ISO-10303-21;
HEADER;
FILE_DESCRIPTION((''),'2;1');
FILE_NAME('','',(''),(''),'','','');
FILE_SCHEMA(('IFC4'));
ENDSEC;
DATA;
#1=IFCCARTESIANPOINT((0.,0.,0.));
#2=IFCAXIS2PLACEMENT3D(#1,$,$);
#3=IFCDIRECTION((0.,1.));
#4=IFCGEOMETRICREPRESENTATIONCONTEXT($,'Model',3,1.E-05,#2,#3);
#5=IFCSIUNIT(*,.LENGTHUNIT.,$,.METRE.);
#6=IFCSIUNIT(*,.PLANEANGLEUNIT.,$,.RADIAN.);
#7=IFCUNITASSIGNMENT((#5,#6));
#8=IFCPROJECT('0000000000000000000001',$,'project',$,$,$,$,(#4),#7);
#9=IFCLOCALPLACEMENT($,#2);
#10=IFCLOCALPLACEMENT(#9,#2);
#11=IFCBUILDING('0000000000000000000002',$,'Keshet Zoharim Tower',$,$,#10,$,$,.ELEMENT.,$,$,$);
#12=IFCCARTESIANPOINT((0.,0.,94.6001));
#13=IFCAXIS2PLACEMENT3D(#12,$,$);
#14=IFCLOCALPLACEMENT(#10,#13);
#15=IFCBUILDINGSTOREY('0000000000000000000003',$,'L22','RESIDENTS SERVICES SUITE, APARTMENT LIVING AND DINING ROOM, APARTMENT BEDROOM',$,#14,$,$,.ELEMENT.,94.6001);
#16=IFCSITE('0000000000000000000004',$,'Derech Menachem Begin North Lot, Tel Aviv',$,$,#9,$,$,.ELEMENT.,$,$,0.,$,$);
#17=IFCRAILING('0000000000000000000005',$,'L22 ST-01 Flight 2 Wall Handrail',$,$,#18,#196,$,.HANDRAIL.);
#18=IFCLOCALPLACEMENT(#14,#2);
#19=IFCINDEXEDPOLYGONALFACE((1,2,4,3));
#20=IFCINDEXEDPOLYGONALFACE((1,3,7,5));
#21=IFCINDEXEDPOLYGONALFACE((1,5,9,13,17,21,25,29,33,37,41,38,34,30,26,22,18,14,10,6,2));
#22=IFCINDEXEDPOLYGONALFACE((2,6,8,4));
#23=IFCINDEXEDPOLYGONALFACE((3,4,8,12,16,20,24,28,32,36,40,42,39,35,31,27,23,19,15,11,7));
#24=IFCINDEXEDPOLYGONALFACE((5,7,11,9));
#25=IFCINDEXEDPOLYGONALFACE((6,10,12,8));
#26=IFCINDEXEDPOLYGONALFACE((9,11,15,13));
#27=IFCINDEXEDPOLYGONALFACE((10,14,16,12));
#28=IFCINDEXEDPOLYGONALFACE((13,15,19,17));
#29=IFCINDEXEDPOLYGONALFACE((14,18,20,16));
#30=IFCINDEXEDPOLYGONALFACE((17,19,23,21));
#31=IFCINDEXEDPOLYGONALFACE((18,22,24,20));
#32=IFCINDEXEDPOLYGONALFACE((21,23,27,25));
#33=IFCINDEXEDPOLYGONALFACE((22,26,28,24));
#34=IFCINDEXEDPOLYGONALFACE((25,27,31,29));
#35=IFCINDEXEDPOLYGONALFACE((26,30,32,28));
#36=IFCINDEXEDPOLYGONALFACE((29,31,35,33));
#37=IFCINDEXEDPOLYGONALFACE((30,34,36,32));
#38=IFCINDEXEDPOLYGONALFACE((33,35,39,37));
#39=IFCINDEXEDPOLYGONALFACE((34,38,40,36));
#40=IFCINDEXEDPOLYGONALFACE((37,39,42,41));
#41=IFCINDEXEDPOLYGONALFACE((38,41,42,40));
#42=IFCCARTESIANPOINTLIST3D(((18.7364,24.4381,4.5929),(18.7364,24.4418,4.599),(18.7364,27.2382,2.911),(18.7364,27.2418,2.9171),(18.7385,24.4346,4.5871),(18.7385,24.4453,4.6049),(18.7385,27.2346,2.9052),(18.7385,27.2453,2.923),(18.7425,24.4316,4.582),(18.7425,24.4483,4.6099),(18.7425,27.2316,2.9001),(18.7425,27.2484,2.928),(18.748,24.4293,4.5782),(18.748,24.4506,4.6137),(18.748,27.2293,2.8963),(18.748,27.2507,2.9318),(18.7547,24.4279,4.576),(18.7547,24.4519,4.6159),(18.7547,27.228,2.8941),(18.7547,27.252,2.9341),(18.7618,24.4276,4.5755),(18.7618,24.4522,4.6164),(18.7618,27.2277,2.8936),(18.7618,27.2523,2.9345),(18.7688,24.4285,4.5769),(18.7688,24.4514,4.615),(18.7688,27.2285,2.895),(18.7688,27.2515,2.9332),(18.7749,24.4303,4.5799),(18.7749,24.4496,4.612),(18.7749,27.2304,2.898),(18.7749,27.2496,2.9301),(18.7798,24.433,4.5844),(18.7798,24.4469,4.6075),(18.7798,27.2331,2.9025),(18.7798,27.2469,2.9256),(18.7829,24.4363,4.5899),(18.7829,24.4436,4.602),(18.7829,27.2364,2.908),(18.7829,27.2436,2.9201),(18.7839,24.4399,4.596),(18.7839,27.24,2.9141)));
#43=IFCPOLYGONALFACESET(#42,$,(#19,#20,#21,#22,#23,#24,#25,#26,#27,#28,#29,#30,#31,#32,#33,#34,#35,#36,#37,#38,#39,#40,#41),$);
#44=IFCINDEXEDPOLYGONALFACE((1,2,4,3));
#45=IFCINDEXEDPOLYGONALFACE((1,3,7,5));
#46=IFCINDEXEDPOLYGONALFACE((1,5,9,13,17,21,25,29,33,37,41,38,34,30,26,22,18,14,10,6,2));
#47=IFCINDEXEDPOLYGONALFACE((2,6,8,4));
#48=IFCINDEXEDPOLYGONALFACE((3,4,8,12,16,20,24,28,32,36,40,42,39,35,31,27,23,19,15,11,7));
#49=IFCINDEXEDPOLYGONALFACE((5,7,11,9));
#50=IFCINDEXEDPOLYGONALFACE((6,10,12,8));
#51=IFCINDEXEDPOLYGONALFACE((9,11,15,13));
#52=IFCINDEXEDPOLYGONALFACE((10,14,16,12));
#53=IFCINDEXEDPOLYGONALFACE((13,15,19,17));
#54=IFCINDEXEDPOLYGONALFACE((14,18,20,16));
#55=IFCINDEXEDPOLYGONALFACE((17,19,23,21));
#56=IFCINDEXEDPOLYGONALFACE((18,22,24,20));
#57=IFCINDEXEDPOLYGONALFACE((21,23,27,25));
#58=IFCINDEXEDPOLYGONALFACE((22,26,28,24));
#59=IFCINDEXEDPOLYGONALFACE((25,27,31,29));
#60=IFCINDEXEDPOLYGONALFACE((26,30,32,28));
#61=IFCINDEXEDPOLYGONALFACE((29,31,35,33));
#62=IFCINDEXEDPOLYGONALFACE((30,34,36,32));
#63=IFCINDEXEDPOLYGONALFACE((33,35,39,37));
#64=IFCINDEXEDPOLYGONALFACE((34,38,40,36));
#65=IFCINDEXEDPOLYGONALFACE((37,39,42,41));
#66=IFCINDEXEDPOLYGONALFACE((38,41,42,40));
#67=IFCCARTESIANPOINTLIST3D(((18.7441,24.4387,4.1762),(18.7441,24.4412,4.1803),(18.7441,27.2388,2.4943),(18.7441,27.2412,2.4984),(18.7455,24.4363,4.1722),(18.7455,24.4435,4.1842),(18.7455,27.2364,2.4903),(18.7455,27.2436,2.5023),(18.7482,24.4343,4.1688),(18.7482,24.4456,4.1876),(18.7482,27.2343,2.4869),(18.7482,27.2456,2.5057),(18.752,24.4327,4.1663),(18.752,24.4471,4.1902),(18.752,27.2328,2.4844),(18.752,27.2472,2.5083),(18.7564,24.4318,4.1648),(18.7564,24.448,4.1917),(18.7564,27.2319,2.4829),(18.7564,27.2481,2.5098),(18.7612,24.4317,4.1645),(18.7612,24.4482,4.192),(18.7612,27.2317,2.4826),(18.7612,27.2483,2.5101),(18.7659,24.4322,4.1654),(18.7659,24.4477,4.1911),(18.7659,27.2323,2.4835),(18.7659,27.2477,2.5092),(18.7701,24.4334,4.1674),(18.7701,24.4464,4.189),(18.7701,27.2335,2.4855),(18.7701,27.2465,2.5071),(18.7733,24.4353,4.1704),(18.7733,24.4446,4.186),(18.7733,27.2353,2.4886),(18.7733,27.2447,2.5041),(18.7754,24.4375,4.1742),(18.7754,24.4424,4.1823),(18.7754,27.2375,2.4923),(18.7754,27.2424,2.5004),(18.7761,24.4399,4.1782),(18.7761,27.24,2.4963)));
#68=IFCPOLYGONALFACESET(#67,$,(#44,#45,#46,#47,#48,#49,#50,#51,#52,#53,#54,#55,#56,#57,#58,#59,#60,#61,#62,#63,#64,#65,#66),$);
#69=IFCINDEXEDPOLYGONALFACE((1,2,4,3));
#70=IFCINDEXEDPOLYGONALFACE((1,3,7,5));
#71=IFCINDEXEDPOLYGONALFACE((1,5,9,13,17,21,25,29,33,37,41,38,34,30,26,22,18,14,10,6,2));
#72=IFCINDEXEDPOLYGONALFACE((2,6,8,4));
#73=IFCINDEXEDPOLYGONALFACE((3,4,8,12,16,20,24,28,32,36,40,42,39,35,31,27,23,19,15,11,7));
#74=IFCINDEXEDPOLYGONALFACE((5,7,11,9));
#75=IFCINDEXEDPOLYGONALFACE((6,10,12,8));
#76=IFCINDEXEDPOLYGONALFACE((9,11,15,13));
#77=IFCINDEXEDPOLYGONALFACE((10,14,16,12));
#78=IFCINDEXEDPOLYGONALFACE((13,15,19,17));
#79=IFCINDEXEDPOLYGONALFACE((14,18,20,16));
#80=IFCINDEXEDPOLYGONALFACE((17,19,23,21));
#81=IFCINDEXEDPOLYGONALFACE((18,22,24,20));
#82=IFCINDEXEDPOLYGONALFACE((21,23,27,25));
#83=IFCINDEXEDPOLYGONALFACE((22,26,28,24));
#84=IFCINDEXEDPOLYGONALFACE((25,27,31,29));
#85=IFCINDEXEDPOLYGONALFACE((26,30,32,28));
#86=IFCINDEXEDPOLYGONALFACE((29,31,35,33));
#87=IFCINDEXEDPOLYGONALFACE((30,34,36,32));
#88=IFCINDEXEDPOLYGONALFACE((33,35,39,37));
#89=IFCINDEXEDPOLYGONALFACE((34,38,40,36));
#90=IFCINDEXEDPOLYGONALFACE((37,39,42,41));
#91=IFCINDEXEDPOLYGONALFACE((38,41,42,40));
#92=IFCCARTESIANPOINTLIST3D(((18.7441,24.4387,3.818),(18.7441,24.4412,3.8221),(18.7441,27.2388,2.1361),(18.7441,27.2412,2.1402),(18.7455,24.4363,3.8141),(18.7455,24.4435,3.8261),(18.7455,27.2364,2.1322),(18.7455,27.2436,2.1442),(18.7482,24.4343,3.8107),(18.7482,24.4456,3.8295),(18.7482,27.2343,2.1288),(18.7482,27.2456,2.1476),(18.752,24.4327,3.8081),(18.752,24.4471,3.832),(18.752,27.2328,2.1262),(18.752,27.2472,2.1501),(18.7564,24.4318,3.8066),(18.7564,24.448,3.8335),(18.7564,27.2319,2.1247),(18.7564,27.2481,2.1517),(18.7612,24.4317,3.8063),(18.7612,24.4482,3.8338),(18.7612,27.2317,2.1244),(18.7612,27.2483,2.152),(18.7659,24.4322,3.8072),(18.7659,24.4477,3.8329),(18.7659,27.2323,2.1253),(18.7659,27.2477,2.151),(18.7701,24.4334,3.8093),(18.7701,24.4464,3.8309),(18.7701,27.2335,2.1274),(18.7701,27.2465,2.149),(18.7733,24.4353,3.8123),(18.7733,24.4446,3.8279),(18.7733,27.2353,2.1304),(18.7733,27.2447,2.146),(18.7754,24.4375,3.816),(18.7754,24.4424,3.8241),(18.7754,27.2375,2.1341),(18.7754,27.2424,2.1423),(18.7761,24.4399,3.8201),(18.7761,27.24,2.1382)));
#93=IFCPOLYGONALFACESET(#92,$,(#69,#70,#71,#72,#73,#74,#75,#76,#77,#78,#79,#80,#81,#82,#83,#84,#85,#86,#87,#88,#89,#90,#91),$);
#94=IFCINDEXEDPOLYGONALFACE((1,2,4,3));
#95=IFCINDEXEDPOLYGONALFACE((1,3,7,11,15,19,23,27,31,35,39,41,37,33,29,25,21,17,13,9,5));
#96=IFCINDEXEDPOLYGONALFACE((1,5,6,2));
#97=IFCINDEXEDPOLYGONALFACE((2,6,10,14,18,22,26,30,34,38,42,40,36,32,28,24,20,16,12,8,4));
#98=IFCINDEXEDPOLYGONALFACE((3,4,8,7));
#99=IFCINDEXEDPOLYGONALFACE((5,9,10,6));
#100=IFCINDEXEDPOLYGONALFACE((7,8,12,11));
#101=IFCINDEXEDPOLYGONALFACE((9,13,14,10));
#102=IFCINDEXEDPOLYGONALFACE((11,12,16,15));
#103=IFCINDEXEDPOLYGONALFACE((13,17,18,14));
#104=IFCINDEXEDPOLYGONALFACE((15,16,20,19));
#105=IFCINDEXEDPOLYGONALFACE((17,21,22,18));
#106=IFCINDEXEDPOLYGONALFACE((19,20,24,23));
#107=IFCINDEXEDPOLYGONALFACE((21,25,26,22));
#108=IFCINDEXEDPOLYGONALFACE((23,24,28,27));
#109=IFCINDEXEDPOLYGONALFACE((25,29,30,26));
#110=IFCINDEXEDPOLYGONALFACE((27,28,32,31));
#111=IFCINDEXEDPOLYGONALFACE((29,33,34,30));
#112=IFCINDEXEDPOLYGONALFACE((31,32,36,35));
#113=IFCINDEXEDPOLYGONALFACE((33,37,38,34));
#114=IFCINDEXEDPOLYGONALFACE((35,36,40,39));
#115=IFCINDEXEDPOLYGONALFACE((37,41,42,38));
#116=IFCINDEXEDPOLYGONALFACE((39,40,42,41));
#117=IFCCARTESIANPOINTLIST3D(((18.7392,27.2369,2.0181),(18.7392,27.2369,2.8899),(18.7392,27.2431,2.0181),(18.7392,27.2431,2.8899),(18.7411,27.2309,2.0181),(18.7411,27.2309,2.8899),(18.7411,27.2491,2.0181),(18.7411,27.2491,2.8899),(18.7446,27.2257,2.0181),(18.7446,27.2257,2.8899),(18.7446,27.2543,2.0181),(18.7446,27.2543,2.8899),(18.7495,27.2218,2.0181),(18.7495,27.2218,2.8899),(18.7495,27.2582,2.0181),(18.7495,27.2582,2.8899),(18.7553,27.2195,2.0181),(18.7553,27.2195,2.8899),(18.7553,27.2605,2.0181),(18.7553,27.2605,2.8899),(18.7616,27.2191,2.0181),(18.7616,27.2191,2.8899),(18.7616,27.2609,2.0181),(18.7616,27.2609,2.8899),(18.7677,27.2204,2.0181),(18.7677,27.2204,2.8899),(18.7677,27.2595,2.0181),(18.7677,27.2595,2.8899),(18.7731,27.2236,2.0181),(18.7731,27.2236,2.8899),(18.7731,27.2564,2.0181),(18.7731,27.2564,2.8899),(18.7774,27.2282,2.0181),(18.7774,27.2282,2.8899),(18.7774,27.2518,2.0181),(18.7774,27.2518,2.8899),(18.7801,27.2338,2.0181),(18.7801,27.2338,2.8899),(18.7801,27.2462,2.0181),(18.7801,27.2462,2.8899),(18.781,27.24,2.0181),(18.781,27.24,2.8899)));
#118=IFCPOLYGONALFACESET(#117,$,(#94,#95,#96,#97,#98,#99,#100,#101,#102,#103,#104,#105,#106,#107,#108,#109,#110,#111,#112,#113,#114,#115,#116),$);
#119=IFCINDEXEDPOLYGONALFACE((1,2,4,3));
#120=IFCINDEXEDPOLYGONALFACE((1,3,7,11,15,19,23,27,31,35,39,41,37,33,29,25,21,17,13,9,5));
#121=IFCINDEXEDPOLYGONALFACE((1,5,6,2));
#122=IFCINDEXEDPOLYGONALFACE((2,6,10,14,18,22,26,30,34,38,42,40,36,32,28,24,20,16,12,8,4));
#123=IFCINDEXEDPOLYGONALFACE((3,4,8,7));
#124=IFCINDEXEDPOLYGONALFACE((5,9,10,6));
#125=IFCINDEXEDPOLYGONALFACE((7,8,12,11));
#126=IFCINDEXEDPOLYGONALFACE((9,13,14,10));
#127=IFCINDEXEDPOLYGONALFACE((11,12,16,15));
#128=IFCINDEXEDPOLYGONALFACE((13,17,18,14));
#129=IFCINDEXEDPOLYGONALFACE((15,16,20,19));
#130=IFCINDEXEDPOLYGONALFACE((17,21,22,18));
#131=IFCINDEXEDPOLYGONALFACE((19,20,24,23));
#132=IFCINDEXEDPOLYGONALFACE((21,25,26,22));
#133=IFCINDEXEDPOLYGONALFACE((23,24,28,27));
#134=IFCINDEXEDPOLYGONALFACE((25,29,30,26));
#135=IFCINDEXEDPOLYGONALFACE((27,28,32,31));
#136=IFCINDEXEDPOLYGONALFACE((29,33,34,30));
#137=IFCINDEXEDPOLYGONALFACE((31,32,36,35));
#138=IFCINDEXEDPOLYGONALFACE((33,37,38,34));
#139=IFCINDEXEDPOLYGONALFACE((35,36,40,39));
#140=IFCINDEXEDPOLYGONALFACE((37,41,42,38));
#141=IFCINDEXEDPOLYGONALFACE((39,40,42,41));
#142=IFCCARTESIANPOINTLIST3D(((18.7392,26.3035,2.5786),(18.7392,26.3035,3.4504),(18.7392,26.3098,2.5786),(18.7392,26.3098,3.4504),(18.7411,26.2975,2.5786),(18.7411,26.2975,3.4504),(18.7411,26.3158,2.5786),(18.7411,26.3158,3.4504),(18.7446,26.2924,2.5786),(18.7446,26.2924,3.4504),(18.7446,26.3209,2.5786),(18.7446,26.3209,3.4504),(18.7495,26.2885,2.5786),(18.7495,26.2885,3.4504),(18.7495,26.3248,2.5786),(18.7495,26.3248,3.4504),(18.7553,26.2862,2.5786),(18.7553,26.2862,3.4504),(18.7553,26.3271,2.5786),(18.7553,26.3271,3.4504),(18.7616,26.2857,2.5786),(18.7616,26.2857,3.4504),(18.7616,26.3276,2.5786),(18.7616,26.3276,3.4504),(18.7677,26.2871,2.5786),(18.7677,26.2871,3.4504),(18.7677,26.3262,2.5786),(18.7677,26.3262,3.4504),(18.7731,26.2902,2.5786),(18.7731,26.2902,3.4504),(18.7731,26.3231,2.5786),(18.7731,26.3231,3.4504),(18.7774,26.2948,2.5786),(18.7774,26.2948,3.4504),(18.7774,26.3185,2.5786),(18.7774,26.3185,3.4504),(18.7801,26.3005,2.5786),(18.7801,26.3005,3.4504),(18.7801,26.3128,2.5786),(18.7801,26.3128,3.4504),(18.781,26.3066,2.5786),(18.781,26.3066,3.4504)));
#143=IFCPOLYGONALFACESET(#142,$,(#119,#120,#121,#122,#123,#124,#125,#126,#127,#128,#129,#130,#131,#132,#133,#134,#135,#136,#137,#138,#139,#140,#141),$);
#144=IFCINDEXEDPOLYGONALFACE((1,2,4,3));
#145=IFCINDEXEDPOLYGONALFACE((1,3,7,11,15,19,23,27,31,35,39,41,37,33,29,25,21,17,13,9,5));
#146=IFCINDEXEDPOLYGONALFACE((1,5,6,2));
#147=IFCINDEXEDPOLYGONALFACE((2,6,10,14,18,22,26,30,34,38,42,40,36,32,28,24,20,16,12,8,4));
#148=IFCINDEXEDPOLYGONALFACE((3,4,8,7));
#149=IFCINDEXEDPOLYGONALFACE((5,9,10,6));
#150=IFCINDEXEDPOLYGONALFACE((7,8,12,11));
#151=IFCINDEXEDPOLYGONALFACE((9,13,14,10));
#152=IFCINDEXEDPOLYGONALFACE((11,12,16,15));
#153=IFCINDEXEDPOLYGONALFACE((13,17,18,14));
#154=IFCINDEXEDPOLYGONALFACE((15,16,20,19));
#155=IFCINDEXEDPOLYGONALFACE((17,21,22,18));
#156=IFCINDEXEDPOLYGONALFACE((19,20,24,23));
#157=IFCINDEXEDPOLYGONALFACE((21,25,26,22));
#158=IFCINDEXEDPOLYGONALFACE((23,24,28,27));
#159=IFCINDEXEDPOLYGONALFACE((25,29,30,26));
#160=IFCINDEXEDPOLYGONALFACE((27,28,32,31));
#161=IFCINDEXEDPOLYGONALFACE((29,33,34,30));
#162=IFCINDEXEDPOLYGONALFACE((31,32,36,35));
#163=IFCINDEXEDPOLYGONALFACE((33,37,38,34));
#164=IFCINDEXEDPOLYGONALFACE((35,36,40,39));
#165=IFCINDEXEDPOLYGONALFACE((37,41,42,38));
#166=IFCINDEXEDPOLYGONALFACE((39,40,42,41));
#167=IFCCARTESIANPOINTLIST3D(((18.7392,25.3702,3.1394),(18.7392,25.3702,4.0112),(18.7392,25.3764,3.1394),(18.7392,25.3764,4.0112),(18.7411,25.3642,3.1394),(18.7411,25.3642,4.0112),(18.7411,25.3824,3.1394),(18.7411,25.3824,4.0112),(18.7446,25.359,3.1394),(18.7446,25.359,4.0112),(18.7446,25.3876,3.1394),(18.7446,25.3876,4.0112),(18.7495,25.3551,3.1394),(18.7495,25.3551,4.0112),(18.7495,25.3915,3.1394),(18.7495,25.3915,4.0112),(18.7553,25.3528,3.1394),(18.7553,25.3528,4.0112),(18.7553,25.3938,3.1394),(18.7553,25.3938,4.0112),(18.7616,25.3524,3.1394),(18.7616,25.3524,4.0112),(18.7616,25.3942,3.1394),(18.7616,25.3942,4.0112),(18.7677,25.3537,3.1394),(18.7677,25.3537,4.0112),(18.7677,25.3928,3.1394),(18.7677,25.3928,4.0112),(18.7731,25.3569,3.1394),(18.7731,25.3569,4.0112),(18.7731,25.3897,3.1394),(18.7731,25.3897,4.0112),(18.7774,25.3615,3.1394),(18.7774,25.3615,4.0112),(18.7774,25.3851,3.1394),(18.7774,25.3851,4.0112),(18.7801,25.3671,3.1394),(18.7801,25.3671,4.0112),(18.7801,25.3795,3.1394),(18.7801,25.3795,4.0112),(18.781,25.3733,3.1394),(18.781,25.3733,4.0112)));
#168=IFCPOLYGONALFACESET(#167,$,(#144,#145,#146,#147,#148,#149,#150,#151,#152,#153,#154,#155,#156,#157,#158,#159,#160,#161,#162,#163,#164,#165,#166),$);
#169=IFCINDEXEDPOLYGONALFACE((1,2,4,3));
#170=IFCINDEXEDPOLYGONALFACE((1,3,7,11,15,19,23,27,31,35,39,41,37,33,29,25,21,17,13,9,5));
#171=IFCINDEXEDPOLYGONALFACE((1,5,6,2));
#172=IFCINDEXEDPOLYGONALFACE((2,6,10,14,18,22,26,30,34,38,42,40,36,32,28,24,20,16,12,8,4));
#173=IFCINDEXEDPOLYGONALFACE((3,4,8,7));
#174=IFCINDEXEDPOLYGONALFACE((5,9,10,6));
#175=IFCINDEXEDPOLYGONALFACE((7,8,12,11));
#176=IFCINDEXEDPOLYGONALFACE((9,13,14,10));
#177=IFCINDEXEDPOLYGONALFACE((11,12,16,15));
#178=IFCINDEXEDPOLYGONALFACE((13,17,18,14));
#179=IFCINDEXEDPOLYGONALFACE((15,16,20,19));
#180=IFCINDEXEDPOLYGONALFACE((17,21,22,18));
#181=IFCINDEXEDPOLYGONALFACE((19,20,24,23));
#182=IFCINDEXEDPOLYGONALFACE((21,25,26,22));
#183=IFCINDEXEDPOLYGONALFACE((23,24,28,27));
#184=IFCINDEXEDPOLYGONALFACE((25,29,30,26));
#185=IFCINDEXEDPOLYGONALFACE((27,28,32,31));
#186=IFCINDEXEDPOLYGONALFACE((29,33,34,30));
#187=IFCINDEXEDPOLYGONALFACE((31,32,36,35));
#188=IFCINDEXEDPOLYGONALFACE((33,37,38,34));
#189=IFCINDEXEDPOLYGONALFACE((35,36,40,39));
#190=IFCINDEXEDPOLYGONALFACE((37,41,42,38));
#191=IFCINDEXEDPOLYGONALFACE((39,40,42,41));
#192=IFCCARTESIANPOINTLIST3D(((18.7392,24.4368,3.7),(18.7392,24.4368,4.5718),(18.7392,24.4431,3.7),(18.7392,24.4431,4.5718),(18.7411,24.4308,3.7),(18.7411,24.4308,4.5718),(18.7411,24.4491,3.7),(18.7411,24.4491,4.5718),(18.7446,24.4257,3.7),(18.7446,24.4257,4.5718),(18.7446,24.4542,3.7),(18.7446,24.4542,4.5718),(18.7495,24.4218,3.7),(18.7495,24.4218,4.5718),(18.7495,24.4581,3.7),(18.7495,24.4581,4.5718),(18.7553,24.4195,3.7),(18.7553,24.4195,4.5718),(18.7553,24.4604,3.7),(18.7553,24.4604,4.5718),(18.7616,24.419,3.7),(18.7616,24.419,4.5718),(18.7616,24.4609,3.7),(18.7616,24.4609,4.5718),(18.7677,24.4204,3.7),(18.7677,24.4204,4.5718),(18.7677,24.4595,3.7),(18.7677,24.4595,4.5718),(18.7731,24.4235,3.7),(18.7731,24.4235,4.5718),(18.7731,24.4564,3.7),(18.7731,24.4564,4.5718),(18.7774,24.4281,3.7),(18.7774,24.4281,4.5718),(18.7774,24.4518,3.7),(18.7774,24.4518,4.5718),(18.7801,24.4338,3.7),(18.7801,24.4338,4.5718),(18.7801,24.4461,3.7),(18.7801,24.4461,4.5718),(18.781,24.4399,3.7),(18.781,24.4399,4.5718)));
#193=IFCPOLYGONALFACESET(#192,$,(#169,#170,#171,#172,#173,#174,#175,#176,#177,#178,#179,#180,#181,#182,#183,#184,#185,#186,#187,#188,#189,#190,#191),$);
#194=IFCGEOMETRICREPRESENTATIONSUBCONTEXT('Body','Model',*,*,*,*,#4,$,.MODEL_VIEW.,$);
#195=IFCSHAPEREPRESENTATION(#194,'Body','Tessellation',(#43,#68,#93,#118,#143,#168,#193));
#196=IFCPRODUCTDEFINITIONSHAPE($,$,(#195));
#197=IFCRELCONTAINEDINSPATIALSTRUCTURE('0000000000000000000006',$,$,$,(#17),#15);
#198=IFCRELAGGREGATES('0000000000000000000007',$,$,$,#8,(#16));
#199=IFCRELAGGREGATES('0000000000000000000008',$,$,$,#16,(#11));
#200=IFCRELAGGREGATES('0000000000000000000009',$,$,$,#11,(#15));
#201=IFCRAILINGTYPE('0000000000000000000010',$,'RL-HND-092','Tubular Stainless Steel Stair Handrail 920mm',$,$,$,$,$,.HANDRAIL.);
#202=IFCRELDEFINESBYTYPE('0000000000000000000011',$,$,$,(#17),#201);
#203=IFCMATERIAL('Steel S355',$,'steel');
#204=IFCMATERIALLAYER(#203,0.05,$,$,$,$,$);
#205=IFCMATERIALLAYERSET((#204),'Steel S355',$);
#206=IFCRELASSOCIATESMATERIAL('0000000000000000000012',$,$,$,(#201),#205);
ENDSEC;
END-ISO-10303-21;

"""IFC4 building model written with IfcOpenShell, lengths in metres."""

from ifc_helpers import new_model, si_unit, direction, frame, origin, origin_2d, place, context, subcontext, project, spatial, circle, extrude, material, layer, layer_set, type_object, element, save


model = new_model("IFC4")

# Units and contexts
model_context = context("Model", 3, precision=1e-05, world=origin(), true_north=direction((0.0, 1.0)))
body_context = subcontext(model_context, "Body", "Model", "MODEL_VIEW")
ifc_project = project(units=[si_unit("LENGTHUNIT", "METRE"), si_unit("PLANEANGLEUNIT", "RADIAN")], contexts=[model_context])

# Site, building, storey
site_placement = place(None, origin())
site = spatial("IfcSite", under=ifc_project, at=site_placement, Name="Derech Menachem Begin North Lot, Tel Aviv", CompositionType="ELEMENT", RefElevation=0.0)
building_placement = place(site_placement, origin())
building = spatial("IfcBuilding", under=site, at=building_placement, Name="Keshet Zoharim Tower", CompositionType="ELEMENT")
storey_placement = place(building_placement, frame((0.0, 0.0, 94.6001)))
storey = spatial("IfcBuildingStorey", under=building, at=storey_placement, Name="L22", Description="RESIDENTS SERVICES SUITE, APARTMENT LIVING AND DINING ROOM, APARTMENT BEDROOM", CompositionType="ELEMENT", Elevation=94.6001)

# Shared definitions
ifc_material_1 = material(Name="Steel S355", Category="steel")

# Railing
ifc_layer_1 = layer(ifc_material_1, 0.05)
ifc_layer_set_1 = layer_set([ifc_layer_1], Name="Steel S355")
railing_type_1 = type_object("IfcRailingType", Name="RL-HND-092", Description="Tubular Stainless Steel Stair Handrail 920mm", PredefinedType="HANDRAIL", material=ifc_layer_set_1)
railing_1_placement = place(storey_placement, frame((18.76, 27.24, 2.0181)))
element("IfcRailing", 1, at=railing_1_placement, inside=storey, type_object=railing_type_1, Name="L22 ST-01 Flight 2 Wall Handrail", PredefinedType="HANDRAIL", context=body_context, shape_type="SweptSolid", body=[
    extrude(circle(Radius=0.0239, at=origin_2d()), frame((0.0, 0.0, 0.896), z_axis=(0.0, -0.857242, 0.514913), x_axis=(1.0, 0.0, 0.0)), (0.0, 0.0, 1.0), 3.2664),
    extrude(circle(Radius=0.0161, at=origin_2d()), frame((0.0, 0.0, 0.4783), z_axis=(0.0, -0.857242, 0.514913), x_axis=(1.0, 0.0, 0.0)), (0.0, 0.0, 1.0), 3.2664),
    extrude(circle(Radius=0.0161, at=origin_2d()), frame((0.0, 0.0, 0.1201), z_axis=(0.0, -0.857242, 0.514913), x_axis=(1.0, 0.0, 0.0)), (0.0, 0.0, 1.0), 3.2664),
    extrude(circle(Radius=0.021, at=origin_2d()), origin(), (0.0, 0.0, 1.0), 0.8718),
    extrude(circle(Radius=0.021, at=origin_2d()), frame((0.0, -0.9333, 0.5605)), (0.0, 0.0, 1.0), 0.8718),
    extrude(circle(Radius=0.021, at=origin_2d()), frame((0.0, -1.8667, 1.1213)), (0.0, 0.0, 1.0), 0.8718),
    extrude(circle(Radius=0.021, at=origin_2d()), frame((0.0, -2.8, 1.6819)), (0.0, 0.0, 1.0), 0.8718),
])

save(model, "model.ifc")
